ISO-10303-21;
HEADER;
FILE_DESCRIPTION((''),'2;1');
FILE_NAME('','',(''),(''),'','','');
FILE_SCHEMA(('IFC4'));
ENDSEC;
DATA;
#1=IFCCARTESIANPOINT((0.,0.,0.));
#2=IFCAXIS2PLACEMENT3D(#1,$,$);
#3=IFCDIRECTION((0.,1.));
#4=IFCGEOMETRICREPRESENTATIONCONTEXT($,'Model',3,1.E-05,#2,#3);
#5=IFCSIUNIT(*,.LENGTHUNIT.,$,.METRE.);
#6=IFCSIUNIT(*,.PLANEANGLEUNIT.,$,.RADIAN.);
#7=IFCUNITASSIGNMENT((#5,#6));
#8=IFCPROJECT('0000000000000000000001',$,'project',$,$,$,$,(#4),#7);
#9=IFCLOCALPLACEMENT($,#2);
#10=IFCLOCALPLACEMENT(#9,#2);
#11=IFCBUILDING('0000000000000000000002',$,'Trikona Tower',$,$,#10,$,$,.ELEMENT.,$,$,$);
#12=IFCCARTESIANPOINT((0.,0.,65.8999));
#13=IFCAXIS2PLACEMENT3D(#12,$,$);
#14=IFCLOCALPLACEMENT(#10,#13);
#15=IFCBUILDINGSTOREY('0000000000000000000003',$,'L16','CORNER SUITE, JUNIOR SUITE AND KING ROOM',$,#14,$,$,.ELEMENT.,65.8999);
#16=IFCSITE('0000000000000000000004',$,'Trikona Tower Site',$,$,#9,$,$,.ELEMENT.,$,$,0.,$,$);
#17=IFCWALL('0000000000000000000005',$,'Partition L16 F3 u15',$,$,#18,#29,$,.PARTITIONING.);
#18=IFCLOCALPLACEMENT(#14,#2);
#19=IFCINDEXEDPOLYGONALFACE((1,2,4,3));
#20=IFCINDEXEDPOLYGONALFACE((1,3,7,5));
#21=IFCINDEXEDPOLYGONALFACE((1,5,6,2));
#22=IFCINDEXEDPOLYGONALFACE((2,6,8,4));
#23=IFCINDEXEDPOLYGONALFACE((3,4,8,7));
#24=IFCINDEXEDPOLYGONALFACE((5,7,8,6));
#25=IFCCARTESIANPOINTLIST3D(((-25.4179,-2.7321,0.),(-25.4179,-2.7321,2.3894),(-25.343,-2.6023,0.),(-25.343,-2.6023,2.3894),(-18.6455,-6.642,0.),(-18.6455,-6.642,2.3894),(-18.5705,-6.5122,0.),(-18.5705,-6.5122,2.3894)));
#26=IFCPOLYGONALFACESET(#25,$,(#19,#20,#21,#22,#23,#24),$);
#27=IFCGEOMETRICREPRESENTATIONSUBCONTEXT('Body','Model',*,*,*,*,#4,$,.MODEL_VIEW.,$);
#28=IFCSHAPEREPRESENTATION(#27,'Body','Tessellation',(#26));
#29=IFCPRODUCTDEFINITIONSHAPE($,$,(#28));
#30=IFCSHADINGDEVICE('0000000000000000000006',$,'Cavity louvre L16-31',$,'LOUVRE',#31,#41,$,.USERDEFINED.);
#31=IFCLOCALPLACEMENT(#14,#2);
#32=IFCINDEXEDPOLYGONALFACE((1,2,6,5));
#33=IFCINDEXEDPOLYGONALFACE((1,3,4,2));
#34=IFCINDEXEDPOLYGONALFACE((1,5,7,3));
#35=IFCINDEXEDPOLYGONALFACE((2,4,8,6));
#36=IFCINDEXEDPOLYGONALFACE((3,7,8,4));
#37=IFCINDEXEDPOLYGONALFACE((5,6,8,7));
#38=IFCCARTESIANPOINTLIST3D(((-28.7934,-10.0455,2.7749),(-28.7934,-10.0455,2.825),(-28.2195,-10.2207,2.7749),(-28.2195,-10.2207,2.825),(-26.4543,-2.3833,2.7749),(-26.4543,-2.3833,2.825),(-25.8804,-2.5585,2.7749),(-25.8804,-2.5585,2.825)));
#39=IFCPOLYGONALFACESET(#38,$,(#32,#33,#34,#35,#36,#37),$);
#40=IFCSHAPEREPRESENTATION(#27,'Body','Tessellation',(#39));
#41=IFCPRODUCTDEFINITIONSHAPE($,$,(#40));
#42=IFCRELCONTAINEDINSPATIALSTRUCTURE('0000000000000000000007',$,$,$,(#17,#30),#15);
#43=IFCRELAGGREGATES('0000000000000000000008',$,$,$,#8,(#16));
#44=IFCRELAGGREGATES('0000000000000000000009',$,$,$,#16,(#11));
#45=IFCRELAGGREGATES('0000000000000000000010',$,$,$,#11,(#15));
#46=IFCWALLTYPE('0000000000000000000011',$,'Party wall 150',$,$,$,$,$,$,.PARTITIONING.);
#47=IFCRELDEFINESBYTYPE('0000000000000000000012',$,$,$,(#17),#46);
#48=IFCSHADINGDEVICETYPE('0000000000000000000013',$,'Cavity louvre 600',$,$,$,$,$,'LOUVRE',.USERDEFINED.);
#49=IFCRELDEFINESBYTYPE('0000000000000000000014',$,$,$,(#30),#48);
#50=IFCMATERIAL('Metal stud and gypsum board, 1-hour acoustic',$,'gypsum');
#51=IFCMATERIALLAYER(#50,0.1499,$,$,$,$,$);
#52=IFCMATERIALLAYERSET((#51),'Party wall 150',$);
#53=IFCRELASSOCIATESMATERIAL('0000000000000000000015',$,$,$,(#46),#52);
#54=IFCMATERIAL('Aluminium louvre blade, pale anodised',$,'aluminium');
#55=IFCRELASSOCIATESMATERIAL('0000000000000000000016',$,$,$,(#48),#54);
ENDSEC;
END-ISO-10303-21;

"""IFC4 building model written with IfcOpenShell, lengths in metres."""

from ifc_helpers import new_model, si_unit, direction, frame, frame_2d, origin, origin_2d, place, context, subcontext, project, spatial, rectangle, extrude, material, layer, layer_set, type_object, element, save


model = new_model("IFC4")

# Units and contexts
model_context = context("Model", 3, precision=1e-05, world=origin(), true_north=direction((0.0, 1.0)))
body_context = subcontext(model_context, "Body", "Model", "MODEL_VIEW")
ifc_project = project(units=[si_unit("LENGTHUNIT", "METRE"), si_unit("PLANEANGLEUNIT", "RADIAN")], contexts=[model_context])

# Site, building, storey
site_placement = place(None, origin())
site = spatial("IfcSite", under=ifc_project, at=site_placement, Name="Trikona Tower Site", CompositionType="ELEMENT", RefElevation=0.0)
building_placement = place(site_placement, origin())
building = spatial("IfcBuilding", under=site, at=building_placement, Name="Trikona Tower", CompositionType="ELEMENT")
storey_placement = place(building_placement, frame((0.0, 0.0, 65.8999)))
storey = spatial("IfcBuildingStorey", under=building, at=storey_placement, Name="L16", Description="CORNER SUITE, JUNIOR SUITE AND KING ROOM", CompositionType="ELEMENT", Elevation=65.8999)

# Wall
ifc_material_1 = material(Name="Metal stud and gypsum board, 1-hour acoustic", Category="gypsum")
ifc_layer_1 = layer(ifc_material_1, 0.1499)
ifc_layer_set_1 = layer_set([ifc_layer_1], Name="Party wall 150")
wall_type_1 = type_object("IfcWallType", Name="Party wall 150", PredefinedType="PARTITIONING", material=ifc_layer_set_1)
wall_1_placement = place(storey_placement, frame((-18.6079, -6.5771, 0.0), z_axis=(0.0, 0.0, 1.0), x_axis=(-0.866035, 0.499984, 0.0)))
element("IfcWall", 1, at=wall_1_placement, inside=storey, type_object=wall_type_1, Name="Partition L16 F3 u15", PredefinedType="PARTITIONING", context=body_context, shape_type="SweptSolid", body=[
    extrude(rectangle(XDim=7.8201, YDim=0.1499, at=frame_2d((3.9102, 0.0))), origin(), (0.0, 0.0, 1.0), 2.3894),
])

# Shading device
ifc_material_2 = material(Name="Aluminium louvre blade, pale anodised", Category="aluminium")
shading_device_type = type_object("IfcShadingDeviceType", Name="Cavity louvre 600", ElementType="LOUVRE", PredefinedType="USERDEFINED", material=ifc_material_2)
shading_device_placement = place(storey_placement, frame((-27.3369, -6.302, 2.7749), z_axis=(0.0, 0.0, 1.0), x_axis=(-0.291979, -0.956425, 0.0)))
element("IfcShadingDevice", 2, at=shading_device_placement, inside=storey, type_object=shading_device_type, Name="Cavity louvre L16-31", ObjectType="LOUVRE", PredefinedType="USERDEFINED", context=body_context, shape_type="SweptSolid", body=[
    extrude(rectangle(XDim=8.0112, YDim=0.6001, at=origin_2d()), origin(), (0.0, 0.0, 1.0), 0.05),
])

save(model, "model.ifc")
